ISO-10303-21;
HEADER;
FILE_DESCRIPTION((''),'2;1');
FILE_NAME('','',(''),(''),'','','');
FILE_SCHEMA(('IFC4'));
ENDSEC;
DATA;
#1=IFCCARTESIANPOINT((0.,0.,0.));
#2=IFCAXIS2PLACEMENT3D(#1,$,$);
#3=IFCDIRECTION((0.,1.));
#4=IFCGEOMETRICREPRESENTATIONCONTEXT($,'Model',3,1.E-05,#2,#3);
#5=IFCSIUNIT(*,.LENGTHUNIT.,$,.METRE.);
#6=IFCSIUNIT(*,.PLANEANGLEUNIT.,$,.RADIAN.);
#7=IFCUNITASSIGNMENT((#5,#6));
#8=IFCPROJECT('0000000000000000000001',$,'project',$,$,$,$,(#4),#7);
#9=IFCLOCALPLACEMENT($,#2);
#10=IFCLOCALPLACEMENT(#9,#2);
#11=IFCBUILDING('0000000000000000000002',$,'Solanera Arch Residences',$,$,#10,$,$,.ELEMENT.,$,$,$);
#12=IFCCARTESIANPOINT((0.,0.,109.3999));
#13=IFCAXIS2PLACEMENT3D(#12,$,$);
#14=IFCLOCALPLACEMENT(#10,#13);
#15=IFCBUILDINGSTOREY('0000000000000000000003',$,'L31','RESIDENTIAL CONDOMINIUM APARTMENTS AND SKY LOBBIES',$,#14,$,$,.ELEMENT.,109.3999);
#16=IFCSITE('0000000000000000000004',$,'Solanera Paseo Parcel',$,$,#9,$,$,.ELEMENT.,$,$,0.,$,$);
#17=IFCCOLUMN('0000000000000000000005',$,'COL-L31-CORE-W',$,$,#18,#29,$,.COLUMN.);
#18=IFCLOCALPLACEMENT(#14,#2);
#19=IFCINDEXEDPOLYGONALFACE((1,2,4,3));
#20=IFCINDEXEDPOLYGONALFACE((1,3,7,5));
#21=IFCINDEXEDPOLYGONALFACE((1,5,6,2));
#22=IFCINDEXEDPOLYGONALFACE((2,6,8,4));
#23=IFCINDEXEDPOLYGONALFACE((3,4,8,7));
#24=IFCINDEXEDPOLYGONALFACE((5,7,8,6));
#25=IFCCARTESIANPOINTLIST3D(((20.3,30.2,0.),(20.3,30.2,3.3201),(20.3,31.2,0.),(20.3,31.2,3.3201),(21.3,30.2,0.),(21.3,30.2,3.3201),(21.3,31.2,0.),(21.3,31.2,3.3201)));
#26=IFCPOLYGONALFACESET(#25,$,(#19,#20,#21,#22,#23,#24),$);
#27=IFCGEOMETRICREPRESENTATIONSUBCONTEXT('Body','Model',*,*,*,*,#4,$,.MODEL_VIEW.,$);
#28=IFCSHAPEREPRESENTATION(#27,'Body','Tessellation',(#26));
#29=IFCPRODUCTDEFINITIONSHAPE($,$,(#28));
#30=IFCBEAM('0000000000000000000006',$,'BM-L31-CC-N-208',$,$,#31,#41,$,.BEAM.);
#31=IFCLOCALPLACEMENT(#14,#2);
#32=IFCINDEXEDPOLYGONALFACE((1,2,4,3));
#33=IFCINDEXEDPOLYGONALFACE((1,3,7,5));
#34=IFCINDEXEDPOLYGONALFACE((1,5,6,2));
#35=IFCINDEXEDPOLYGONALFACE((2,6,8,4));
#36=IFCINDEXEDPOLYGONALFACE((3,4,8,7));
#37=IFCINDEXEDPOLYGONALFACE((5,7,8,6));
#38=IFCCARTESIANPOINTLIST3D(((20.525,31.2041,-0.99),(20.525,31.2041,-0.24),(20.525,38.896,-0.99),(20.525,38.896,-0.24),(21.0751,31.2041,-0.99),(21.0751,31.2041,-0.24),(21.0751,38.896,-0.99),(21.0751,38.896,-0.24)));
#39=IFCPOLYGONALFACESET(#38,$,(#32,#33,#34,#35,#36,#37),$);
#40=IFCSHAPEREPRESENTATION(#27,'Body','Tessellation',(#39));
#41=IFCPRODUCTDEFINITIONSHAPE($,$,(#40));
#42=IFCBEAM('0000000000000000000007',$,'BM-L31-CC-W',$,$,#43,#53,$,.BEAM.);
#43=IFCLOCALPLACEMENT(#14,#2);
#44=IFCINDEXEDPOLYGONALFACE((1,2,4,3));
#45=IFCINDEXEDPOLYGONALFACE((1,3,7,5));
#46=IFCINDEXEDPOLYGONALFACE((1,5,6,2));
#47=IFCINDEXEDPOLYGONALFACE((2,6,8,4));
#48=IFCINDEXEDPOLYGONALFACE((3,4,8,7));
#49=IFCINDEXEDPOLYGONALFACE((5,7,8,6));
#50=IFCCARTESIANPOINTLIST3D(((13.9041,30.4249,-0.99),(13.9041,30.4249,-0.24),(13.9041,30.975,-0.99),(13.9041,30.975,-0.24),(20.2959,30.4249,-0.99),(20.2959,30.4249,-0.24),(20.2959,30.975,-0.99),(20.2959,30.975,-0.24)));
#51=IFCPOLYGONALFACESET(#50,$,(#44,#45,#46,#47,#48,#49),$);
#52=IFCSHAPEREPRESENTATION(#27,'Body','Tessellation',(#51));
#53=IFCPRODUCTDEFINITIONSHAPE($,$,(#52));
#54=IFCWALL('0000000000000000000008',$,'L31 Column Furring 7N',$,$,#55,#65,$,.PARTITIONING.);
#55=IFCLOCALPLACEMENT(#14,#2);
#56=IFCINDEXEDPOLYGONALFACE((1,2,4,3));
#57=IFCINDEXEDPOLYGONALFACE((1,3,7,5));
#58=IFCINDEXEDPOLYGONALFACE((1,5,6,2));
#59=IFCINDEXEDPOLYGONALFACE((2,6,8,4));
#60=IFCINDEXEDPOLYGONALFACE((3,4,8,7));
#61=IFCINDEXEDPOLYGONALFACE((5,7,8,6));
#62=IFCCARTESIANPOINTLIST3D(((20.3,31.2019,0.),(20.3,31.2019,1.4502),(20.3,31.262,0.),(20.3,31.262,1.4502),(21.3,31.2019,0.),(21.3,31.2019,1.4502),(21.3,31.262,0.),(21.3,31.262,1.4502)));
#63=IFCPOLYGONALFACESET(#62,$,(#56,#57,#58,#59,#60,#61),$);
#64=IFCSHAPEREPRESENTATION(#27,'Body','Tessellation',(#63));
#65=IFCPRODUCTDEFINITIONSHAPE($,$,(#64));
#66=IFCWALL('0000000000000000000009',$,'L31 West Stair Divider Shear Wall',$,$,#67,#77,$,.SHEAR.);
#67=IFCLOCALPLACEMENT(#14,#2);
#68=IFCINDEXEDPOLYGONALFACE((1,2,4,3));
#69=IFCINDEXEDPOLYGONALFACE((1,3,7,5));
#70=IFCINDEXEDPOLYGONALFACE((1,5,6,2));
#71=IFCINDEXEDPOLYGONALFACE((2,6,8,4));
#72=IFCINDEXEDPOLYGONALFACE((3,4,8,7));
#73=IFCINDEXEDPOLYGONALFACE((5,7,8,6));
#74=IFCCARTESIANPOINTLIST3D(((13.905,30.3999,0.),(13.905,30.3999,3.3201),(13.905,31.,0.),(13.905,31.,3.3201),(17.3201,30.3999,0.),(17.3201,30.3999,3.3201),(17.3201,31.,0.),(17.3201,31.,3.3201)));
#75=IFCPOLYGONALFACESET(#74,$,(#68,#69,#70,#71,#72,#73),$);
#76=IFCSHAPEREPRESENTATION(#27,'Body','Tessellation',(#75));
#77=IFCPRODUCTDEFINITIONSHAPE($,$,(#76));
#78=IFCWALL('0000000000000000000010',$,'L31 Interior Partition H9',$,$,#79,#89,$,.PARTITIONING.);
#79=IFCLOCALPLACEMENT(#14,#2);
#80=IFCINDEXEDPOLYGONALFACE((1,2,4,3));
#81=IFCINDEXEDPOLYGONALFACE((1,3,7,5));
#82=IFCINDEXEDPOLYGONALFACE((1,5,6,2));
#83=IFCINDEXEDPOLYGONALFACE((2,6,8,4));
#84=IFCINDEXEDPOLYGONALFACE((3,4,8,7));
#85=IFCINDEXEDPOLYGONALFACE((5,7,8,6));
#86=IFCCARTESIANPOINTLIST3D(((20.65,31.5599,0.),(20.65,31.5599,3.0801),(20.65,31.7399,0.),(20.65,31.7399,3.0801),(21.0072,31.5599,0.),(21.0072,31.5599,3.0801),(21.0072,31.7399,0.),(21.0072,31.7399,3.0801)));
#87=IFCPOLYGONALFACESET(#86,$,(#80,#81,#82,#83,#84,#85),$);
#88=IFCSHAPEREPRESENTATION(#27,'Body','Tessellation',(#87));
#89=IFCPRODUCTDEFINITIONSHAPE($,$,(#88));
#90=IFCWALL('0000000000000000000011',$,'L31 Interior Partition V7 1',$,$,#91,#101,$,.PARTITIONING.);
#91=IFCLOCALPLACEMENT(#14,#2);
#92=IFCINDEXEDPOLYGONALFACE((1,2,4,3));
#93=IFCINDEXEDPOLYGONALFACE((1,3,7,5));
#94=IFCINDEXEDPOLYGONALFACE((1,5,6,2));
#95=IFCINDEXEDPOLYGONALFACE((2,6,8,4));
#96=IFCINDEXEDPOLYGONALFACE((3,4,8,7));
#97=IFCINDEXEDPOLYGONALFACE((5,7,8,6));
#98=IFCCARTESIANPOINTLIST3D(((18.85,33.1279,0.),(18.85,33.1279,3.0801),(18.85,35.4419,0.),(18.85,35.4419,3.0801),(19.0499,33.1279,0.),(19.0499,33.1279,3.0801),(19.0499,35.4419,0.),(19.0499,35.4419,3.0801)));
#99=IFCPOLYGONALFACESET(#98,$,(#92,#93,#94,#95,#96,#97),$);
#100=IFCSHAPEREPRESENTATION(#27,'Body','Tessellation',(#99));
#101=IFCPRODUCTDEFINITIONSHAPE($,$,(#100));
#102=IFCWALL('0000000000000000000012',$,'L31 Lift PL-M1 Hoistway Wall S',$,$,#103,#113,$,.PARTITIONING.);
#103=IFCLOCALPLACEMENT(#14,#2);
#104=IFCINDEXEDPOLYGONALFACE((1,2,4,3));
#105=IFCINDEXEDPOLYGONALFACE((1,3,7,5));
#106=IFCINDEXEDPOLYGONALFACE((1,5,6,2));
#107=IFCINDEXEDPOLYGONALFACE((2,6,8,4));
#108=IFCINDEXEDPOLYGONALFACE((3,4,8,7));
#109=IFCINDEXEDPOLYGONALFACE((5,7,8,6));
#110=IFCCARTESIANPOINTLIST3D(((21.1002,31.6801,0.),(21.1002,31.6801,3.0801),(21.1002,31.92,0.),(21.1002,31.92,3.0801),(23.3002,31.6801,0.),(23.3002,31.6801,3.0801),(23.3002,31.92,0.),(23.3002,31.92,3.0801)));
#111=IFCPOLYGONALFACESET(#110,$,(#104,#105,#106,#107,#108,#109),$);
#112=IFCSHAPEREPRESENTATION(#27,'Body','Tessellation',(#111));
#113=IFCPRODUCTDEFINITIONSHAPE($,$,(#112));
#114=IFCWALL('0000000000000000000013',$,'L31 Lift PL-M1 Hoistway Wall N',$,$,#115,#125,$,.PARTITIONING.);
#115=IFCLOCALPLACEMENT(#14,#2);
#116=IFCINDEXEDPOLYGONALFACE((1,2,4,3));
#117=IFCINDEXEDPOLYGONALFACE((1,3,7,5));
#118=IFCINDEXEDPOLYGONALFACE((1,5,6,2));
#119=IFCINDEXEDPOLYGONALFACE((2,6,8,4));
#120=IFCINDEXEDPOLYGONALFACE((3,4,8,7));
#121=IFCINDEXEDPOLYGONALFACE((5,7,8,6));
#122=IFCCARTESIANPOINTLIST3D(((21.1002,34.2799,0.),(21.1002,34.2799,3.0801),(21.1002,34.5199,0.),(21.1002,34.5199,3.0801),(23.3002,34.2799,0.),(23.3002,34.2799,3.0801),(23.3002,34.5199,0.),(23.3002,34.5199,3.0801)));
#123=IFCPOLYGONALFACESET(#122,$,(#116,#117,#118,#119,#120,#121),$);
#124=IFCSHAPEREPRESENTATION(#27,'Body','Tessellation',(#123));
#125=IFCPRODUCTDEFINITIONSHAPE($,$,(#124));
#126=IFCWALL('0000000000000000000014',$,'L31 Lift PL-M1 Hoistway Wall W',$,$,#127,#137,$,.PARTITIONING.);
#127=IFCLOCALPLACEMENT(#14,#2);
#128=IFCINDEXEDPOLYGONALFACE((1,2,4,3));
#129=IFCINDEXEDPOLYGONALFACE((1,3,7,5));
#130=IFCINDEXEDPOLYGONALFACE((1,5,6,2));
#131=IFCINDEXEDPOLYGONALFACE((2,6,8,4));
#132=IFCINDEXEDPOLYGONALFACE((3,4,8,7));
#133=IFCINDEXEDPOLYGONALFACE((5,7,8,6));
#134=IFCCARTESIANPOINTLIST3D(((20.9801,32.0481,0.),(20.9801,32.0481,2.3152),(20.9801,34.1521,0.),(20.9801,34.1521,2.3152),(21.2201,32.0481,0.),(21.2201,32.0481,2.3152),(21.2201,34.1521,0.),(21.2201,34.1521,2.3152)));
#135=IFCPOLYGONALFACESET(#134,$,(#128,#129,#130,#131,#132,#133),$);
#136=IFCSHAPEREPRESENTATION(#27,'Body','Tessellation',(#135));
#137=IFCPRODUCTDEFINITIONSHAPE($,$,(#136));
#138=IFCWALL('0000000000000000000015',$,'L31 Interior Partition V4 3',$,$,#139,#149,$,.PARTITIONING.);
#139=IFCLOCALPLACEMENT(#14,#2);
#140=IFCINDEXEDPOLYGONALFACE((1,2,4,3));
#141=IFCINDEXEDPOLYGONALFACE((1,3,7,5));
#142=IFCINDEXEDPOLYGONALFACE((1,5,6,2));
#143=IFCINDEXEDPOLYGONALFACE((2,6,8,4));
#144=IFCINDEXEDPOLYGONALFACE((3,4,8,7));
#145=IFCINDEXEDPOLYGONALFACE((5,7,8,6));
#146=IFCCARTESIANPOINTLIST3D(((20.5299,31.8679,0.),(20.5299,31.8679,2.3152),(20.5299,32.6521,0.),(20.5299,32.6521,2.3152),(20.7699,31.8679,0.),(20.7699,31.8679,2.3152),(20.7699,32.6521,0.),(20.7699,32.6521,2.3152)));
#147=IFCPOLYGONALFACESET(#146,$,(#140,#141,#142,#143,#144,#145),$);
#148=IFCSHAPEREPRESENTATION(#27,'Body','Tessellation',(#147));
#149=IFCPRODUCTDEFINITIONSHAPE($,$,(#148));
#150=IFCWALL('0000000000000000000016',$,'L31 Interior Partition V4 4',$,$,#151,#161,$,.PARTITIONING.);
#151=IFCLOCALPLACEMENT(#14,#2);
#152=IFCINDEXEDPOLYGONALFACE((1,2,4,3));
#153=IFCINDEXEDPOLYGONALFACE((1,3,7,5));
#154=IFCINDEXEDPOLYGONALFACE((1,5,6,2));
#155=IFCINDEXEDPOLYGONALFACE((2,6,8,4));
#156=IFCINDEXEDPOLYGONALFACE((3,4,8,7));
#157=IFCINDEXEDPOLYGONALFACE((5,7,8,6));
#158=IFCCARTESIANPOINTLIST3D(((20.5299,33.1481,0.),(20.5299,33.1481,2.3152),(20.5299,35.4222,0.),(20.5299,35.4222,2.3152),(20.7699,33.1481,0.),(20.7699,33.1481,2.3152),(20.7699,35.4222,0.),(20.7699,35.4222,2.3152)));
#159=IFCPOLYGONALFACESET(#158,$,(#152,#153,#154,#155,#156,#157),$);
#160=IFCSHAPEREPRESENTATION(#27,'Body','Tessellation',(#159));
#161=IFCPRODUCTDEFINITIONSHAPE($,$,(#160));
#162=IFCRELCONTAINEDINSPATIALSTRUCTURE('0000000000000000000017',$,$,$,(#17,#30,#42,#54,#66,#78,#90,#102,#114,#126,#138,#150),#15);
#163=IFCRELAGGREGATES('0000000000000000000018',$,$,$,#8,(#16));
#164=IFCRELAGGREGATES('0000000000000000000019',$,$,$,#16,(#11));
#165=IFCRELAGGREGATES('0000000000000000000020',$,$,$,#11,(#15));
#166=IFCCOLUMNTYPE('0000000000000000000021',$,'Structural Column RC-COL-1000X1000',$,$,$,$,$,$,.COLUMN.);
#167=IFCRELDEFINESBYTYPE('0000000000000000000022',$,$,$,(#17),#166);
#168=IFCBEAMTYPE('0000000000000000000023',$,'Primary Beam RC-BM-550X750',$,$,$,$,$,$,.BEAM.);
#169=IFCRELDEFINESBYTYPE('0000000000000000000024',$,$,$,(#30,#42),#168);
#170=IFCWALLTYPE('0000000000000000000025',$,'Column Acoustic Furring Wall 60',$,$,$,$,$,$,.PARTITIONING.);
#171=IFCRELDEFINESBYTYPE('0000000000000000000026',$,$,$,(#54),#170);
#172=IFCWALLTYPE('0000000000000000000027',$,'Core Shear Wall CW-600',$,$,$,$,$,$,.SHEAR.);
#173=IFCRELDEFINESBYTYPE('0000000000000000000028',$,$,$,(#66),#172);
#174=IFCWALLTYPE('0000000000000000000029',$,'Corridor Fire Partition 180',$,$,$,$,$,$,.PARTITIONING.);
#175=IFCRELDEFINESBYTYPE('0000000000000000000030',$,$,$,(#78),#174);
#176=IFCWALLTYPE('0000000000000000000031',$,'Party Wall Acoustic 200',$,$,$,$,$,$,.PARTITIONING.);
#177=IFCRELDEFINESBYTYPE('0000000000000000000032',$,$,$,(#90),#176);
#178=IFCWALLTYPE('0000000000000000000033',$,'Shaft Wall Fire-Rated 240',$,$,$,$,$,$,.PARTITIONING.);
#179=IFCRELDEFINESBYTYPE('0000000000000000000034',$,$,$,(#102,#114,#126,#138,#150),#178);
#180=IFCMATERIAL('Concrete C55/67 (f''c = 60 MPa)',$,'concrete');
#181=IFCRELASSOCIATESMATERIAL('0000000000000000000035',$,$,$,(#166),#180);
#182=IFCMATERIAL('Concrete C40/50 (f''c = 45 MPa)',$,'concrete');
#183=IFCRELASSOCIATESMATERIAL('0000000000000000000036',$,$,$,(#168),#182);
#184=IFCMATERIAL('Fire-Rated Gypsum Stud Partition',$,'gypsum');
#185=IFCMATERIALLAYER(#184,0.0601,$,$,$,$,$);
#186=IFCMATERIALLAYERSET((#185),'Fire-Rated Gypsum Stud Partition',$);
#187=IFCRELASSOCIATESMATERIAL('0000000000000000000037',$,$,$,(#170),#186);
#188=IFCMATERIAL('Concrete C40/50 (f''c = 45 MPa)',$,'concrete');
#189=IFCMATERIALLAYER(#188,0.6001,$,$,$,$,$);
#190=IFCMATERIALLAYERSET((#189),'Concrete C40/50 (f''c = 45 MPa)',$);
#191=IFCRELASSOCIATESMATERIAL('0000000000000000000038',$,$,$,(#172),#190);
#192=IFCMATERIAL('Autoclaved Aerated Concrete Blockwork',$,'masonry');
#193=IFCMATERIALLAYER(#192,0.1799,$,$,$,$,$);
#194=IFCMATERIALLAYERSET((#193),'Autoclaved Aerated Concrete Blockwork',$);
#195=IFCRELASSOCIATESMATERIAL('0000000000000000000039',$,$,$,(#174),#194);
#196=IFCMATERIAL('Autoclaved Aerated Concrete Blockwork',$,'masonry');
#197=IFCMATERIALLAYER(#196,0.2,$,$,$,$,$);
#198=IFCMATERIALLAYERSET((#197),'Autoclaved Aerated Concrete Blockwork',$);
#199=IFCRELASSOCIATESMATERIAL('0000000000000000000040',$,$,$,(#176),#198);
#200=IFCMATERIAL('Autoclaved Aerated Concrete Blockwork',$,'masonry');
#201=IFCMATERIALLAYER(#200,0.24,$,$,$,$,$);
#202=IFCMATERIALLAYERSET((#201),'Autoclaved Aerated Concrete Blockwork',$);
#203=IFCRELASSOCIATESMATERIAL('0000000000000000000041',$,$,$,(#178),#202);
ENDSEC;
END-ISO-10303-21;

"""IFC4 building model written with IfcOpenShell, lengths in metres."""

from ifc_helpers import new_model, si_unit, direction, frame, frame_2d, origin, origin_2d, place, context, subcontext, project, spatial, rectangle, extrude, material, layer, layer_set, material_profile, profile_set, type_object, element, save


model = new_model("IFC4")

# Units and contexts
model_context = context("Model", 3, precision=1e-05, world=origin(), true_north=direction((0.0, 1.0)))
body_context = subcontext(model_context, "Body", "Model", "MODEL_VIEW")
ifc_project = project(units=[si_unit("LENGTHUNIT", "METRE"), si_unit("PLANEANGLEUNIT", "RADIAN")], contexts=[model_context])

# Site, building, storey
site_placement = place(None, origin())
site = spatial("IfcSite", under=ifc_project, at=site_placement, Name="Solanera Paseo Parcel", CompositionType="ELEMENT", RefElevation=0.0)
building_placement = place(site_placement, origin())
building = spatial("IfcBuilding", under=site, at=building_placement, Name="Solanera Arch Residences", CompositionType="ELEMENT")
storey_placement = place(building_placement, frame((0.0, 0.0, 109.3999)))
storey = spatial("IfcBuildingStorey", under=building, at=storey_placement, Name="L31", Description="RESIDENTIAL CONDOMINIUM APARTMENTS AND SKY LOBBIES", CompositionType="ELEMENT", Elevation=109.3999)

# Column
ifc_material_1 = material(Name="Concrete C55/67 (f'c = 60 MPa)", Category="concrete")
ifc_material_profile_1 = material_profile(ifc_material_1, rectangle(XDim=1.0, YDim=1.0, at=origin_2d()))
ifc_profile_set_1 = profile_set([ifc_material_profile_1], Name="Concrete C55/67 (f'c = 60 MPa)")
column_type = type_object("IfcColumnType", Name="Structural Column RC-COL-1000X1000", PredefinedType="COLUMN", material=ifc_profile_set_1)
column_placement = place(storey_placement, frame((20.8, 30.7, 0.0), z_axis=(0.0, 0.0, 1.0), x_axis=(1.0, 0.0, 0.0)))
element("IfcColumn", 1, at=column_placement, inside=storey, type_object=column_type, Name="COL-L31-CORE-W", PredefinedType="COLUMN", context=body_context, shape_type="SweptSolid", body=[
    extrude(rectangle(XDim=1.0, YDim=1.0, at=origin_2d()), origin(), (0.0, 0.0, 1.0), 3.3201),
])

# Beams
ifc_material_2 = material(Name="Concrete C40/50 (f'c = 45 MPa)", Category="concrete")
ifc_material_profile_2 = material_profile(ifc_material_2, rectangle(XDim=0.55, YDim=0.75, at=origin_2d()))
ifc_profile_set_2 = profile_set([ifc_material_profile_2], Name="Concrete C40/50 (f'c = 45 MPa)")
beam_type = type_object("IfcBeamType", Name="Primary Beam RC-BM-550X750", PredefinedType="BEAM", material=ifc_profile_set_2)
beam_1_placement = place(storey_placement, frame((20.8, 31.2041, -0.615), z_axis=(0.0, 1.0, 0.0), x_axis=(-1.0, 0.0, 0.0)))
element("IfcBeam", 2, at=beam_1_placement, inside=storey, type_object=beam_type, Name="BM-L31-CC-N-208", PredefinedType="BEAM", context=body_context, shape_type="SweptSolid", body=[
    extrude(rectangle(XDim=0.55, YDim=0.75, at=origin_2d()), origin(), (0.0, 0.0, 1.0), 7.6919),
])
beam_2_placement = place(storey_placement, frame((13.9041, 30.7, -0.615), z_axis=(1.0, 0.0, 0.0), x_axis=(0.0, 1.0, 0.0)))
element("IfcBeam", 3, at=beam_2_placement, inside=storey, type_object=beam_type, Name="BM-L31-CC-W", PredefinedType="BEAM", context=body_context, shape_type="SweptSolid", body=[
    extrude(rectangle(XDim=0.55, YDim=0.75, at=origin_2d()), origin(), (0.0, 0.0, 1.0), 6.3918),
])

# Wall
ifc_material_3 = material(Name="Fire-Rated Gypsum Stud Partition", Category="gypsum")
ifc_layer_1 = layer(ifc_material_3, 0.0601)
ifc_layer_set_1 = layer_set([ifc_layer_1], Name="Fire-Rated Gypsum Stud Partition")
wall_type_1 = type_object("IfcWallType", Name="Column Acoustic Furring Wall 60", PredefinedType="PARTITIONING", material=ifc_layer_set_1)
wall_1_placement = place(storey_placement, frame((20.3, 31.2319, 0.0), z_axis=(0.0, 0.0, 1.0), x_axis=(1.0, 0.0, 0.0)))
element("IfcWall", 4, at=wall_1_placement, inside=storey, type_object=wall_type_1, Name="L31 Column Furring 7N", PredefinedType="PARTITIONING", context=body_context, shape_type="SweptSolid", body=[
    extrude(rectangle(XDim=1.0, YDim=0.0601, at=frame_2d((0.5, 0.0))), origin(), (0.0, 0.0, 1.0), 1.4502),
])

# Walls
ifc_material_4 = material(Name="Concrete C40/50 (f'c = 45 MPa)", Category="concrete")
ifc_layer_2 = layer(ifc_material_4, 0.6001)
ifc_layer_set_2 = layer_set([ifc_layer_2], Name="Concrete C40/50 (f'c = 45 MPa)")
wall_type_2 = type_object("IfcWallType", Name="Core Shear Wall CW-600", PredefinedType="SHEAR", material=ifc_layer_set_2)
wall_2_placement = place(storey_placement, frame((13.905, 30.7, 0.0), z_axis=(0.0, 0.0, 1.0), x_axis=(1.0, 0.0, 0.0)))
element("IfcWall", 5, at=wall_2_placement, inside=storey, type_object=wall_type_2, Name="L31 West Stair Divider Shear Wall", PredefinedType="SHEAR", context=body_context, shape_type="SweptSolid", body=[
    extrude(rectangle(XDim=3.415, YDim=0.6001, at=frame_2d((1.7075, 0.0))), origin(), (0.0, 0.0, 1.0), 3.3201),
])
ifc_material_5 = material(Name="Autoclaved Aerated Concrete Blockwork", Category="masonry")
ifc_layer_3 = layer(ifc_material_5, 0.1799)
ifc_layer_set_3 = layer_set([ifc_layer_3], Name="Autoclaved Aerated Concrete Blockwork")
wall_type_3 = type_object("IfcWallType", Name="Corridor Fire Partition 180", PredefinedType="PARTITIONING", material=ifc_layer_set_3)
wall_3_placement = place(storey_placement, frame((20.6499, 31.6499, 0.0), z_axis=(0.0, 0.0, 1.0), x_axis=(1.0, 0.0, 0.0)))
element("IfcWall", 6, at=wall_3_placement, inside=storey, type_object=wall_type_3, Name="L31 Interior Partition H9", PredefinedType="PARTITIONING", context=body_context, shape_type="SweptSolid", body=[
    extrude(rectangle(XDim=0.3572, YDim=0.1799, at=frame_2d((0.1787, 0.0))), origin(), (0.0, 0.0, 1.0), 3.0801),
])
ifc_material_6 = material(Name="Autoclaved Aerated Concrete Blockwork", Category="masonry")
ifc_layer_4 = layer(ifc_material_6, 0.2)
ifc_layer_set_4 = layer_set([ifc_layer_4], Name="Autoclaved Aerated Concrete Blockwork")
wall_type_4 = type_object("IfcWallType", Name="Party Wall Acoustic 200", PredefinedType="PARTITIONING", material=ifc_layer_set_4)
wall_4_placement = place(storey_placement, frame((18.95, 33.1279, 0.0), z_axis=(0.0, 0.0, 1.0), x_axis=(0.0, 1.0, 0.0)))
element("IfcWall", 7, at=wall_4_placement, inside=storey, type_object=wall_type_4, Name="L31 Interior Partition V7 1", PredefinedType="PARTITIONING", context=body_context, shape_type="SweptSolid", body=[
    extrude(rectangle(XDim=2.314, YDim=0.2, at=frame_2d((1.157, 0.0))), origin(), (0.0, 0.0, 1.0), 3.0801),
])
ifc_material_7 = material(Name="Autoclaved Aerated Concrete Blockwork", Category="masonry")
ifc_layer_5 = layer(ifc_material_7, 0.24)
ifc_layer_set_5 = layer_set([ifc_layer_5], Name="Autoclaved Aerated Concrete Blockwork")
wall_type_5 = type_object("IfcWallType", Name="Shaft Wall Fire-Rated 240", PredefinedType="PARTITIONING", material=ifc_layer_set_5)
for number, where, z_axis, x_axis, name in (
    (8, (21.1001, 31.8, 0.0), (0.0, 0.0, 1.0), (1.0, 0.0, 0.0), "L31 Lift PL-M1 Hoistway Wall S"),
    (9, (21.1001, 34.3999, 0.0), (0.0, 0.0, 1.0), (1.0, 0.0, 0.0), "L31 Lift PL-M1 Hoistway Wall N"),
):
    element("IfcWall", number, at=place(storey_placement, frame(where, z_axis=z_axis, x_axis=x_axis)), inside=storey, type_object=wall_type_5, Name=name, PredefinedType="PARTITIONING", context=body_context, shape_type="SweptSolid", body=[
        extrude(rectangle(XDim=2.2, YDim=0.24, at=frame_2d((1.1001, 0.0))), origin(), (0.0, 0.0, 1.0), 3.0801),
    ])
wall_5_placement = place(storey_placement, frame((21.1001, 32.0481, 0.0), z_axis=(0.0, 0.0, 1.0), x_axis=(0.0, 1.0, 0.0)))
element("IfcWall", 10, at=wall_5_placement, inside=storey, type_object=wall_type_5, Name="L31 Lift PL-M1 Hoistway Wall W", PredefinedType="PARTITIONING", context=body_context, shape_type="SweptSolid", body=[
    extrude(rectangle(XDim=2.104, YDim=0.24, at=frame_2d((1.052, 0.0))), origin(), (0.0, 0.0, 1.0), 2.3152),
])

# Walls
wall_6_placement = place(storey_placement, frame((20.6499, 31.8679, 0.0), z_axis=(0.0, 0.0, 1.0), x_axis=(0.0, 1.0, 0.0)))
element("IfcWall", 11, at=wall_6_placement, inside=storey, type_object=wall_type_5, Name="L31 Interior Partition V4 3", PredefinedType="PARTITIONING", context=body_context, shape_type="SweptSolid", body=[
    extrude(rectangle(XDim=0.7842, YDim=0.24, at=frame_2d((0.3921, 0.0))), origin(), (0.0, 0.0, 1.0), 2.3152),
])
wall_7_placement = place(storey_placement, frame((20.6499, 33.1479, 0.0), z_axis=(0.0, 0.0, 1.0), x_axis=(0.0, 1.0, 0.0)))
element("IfcWall", 12, at=wall_7_placement, inside=storey, type_object=wall_type_5, Name="L31 Interior Partition V4 4", PredefinedType="PARTITIONING", context=body_context, shape_type="SweptSolid", body=[
    extrude(rectangle(XDim=2.2742, YDim=0.24, at=frame_2d((1.1372, 0.0))), origin(), (0.0, 0.0, 1.0), 2.3152),
])

save(model, "model.ifc")
